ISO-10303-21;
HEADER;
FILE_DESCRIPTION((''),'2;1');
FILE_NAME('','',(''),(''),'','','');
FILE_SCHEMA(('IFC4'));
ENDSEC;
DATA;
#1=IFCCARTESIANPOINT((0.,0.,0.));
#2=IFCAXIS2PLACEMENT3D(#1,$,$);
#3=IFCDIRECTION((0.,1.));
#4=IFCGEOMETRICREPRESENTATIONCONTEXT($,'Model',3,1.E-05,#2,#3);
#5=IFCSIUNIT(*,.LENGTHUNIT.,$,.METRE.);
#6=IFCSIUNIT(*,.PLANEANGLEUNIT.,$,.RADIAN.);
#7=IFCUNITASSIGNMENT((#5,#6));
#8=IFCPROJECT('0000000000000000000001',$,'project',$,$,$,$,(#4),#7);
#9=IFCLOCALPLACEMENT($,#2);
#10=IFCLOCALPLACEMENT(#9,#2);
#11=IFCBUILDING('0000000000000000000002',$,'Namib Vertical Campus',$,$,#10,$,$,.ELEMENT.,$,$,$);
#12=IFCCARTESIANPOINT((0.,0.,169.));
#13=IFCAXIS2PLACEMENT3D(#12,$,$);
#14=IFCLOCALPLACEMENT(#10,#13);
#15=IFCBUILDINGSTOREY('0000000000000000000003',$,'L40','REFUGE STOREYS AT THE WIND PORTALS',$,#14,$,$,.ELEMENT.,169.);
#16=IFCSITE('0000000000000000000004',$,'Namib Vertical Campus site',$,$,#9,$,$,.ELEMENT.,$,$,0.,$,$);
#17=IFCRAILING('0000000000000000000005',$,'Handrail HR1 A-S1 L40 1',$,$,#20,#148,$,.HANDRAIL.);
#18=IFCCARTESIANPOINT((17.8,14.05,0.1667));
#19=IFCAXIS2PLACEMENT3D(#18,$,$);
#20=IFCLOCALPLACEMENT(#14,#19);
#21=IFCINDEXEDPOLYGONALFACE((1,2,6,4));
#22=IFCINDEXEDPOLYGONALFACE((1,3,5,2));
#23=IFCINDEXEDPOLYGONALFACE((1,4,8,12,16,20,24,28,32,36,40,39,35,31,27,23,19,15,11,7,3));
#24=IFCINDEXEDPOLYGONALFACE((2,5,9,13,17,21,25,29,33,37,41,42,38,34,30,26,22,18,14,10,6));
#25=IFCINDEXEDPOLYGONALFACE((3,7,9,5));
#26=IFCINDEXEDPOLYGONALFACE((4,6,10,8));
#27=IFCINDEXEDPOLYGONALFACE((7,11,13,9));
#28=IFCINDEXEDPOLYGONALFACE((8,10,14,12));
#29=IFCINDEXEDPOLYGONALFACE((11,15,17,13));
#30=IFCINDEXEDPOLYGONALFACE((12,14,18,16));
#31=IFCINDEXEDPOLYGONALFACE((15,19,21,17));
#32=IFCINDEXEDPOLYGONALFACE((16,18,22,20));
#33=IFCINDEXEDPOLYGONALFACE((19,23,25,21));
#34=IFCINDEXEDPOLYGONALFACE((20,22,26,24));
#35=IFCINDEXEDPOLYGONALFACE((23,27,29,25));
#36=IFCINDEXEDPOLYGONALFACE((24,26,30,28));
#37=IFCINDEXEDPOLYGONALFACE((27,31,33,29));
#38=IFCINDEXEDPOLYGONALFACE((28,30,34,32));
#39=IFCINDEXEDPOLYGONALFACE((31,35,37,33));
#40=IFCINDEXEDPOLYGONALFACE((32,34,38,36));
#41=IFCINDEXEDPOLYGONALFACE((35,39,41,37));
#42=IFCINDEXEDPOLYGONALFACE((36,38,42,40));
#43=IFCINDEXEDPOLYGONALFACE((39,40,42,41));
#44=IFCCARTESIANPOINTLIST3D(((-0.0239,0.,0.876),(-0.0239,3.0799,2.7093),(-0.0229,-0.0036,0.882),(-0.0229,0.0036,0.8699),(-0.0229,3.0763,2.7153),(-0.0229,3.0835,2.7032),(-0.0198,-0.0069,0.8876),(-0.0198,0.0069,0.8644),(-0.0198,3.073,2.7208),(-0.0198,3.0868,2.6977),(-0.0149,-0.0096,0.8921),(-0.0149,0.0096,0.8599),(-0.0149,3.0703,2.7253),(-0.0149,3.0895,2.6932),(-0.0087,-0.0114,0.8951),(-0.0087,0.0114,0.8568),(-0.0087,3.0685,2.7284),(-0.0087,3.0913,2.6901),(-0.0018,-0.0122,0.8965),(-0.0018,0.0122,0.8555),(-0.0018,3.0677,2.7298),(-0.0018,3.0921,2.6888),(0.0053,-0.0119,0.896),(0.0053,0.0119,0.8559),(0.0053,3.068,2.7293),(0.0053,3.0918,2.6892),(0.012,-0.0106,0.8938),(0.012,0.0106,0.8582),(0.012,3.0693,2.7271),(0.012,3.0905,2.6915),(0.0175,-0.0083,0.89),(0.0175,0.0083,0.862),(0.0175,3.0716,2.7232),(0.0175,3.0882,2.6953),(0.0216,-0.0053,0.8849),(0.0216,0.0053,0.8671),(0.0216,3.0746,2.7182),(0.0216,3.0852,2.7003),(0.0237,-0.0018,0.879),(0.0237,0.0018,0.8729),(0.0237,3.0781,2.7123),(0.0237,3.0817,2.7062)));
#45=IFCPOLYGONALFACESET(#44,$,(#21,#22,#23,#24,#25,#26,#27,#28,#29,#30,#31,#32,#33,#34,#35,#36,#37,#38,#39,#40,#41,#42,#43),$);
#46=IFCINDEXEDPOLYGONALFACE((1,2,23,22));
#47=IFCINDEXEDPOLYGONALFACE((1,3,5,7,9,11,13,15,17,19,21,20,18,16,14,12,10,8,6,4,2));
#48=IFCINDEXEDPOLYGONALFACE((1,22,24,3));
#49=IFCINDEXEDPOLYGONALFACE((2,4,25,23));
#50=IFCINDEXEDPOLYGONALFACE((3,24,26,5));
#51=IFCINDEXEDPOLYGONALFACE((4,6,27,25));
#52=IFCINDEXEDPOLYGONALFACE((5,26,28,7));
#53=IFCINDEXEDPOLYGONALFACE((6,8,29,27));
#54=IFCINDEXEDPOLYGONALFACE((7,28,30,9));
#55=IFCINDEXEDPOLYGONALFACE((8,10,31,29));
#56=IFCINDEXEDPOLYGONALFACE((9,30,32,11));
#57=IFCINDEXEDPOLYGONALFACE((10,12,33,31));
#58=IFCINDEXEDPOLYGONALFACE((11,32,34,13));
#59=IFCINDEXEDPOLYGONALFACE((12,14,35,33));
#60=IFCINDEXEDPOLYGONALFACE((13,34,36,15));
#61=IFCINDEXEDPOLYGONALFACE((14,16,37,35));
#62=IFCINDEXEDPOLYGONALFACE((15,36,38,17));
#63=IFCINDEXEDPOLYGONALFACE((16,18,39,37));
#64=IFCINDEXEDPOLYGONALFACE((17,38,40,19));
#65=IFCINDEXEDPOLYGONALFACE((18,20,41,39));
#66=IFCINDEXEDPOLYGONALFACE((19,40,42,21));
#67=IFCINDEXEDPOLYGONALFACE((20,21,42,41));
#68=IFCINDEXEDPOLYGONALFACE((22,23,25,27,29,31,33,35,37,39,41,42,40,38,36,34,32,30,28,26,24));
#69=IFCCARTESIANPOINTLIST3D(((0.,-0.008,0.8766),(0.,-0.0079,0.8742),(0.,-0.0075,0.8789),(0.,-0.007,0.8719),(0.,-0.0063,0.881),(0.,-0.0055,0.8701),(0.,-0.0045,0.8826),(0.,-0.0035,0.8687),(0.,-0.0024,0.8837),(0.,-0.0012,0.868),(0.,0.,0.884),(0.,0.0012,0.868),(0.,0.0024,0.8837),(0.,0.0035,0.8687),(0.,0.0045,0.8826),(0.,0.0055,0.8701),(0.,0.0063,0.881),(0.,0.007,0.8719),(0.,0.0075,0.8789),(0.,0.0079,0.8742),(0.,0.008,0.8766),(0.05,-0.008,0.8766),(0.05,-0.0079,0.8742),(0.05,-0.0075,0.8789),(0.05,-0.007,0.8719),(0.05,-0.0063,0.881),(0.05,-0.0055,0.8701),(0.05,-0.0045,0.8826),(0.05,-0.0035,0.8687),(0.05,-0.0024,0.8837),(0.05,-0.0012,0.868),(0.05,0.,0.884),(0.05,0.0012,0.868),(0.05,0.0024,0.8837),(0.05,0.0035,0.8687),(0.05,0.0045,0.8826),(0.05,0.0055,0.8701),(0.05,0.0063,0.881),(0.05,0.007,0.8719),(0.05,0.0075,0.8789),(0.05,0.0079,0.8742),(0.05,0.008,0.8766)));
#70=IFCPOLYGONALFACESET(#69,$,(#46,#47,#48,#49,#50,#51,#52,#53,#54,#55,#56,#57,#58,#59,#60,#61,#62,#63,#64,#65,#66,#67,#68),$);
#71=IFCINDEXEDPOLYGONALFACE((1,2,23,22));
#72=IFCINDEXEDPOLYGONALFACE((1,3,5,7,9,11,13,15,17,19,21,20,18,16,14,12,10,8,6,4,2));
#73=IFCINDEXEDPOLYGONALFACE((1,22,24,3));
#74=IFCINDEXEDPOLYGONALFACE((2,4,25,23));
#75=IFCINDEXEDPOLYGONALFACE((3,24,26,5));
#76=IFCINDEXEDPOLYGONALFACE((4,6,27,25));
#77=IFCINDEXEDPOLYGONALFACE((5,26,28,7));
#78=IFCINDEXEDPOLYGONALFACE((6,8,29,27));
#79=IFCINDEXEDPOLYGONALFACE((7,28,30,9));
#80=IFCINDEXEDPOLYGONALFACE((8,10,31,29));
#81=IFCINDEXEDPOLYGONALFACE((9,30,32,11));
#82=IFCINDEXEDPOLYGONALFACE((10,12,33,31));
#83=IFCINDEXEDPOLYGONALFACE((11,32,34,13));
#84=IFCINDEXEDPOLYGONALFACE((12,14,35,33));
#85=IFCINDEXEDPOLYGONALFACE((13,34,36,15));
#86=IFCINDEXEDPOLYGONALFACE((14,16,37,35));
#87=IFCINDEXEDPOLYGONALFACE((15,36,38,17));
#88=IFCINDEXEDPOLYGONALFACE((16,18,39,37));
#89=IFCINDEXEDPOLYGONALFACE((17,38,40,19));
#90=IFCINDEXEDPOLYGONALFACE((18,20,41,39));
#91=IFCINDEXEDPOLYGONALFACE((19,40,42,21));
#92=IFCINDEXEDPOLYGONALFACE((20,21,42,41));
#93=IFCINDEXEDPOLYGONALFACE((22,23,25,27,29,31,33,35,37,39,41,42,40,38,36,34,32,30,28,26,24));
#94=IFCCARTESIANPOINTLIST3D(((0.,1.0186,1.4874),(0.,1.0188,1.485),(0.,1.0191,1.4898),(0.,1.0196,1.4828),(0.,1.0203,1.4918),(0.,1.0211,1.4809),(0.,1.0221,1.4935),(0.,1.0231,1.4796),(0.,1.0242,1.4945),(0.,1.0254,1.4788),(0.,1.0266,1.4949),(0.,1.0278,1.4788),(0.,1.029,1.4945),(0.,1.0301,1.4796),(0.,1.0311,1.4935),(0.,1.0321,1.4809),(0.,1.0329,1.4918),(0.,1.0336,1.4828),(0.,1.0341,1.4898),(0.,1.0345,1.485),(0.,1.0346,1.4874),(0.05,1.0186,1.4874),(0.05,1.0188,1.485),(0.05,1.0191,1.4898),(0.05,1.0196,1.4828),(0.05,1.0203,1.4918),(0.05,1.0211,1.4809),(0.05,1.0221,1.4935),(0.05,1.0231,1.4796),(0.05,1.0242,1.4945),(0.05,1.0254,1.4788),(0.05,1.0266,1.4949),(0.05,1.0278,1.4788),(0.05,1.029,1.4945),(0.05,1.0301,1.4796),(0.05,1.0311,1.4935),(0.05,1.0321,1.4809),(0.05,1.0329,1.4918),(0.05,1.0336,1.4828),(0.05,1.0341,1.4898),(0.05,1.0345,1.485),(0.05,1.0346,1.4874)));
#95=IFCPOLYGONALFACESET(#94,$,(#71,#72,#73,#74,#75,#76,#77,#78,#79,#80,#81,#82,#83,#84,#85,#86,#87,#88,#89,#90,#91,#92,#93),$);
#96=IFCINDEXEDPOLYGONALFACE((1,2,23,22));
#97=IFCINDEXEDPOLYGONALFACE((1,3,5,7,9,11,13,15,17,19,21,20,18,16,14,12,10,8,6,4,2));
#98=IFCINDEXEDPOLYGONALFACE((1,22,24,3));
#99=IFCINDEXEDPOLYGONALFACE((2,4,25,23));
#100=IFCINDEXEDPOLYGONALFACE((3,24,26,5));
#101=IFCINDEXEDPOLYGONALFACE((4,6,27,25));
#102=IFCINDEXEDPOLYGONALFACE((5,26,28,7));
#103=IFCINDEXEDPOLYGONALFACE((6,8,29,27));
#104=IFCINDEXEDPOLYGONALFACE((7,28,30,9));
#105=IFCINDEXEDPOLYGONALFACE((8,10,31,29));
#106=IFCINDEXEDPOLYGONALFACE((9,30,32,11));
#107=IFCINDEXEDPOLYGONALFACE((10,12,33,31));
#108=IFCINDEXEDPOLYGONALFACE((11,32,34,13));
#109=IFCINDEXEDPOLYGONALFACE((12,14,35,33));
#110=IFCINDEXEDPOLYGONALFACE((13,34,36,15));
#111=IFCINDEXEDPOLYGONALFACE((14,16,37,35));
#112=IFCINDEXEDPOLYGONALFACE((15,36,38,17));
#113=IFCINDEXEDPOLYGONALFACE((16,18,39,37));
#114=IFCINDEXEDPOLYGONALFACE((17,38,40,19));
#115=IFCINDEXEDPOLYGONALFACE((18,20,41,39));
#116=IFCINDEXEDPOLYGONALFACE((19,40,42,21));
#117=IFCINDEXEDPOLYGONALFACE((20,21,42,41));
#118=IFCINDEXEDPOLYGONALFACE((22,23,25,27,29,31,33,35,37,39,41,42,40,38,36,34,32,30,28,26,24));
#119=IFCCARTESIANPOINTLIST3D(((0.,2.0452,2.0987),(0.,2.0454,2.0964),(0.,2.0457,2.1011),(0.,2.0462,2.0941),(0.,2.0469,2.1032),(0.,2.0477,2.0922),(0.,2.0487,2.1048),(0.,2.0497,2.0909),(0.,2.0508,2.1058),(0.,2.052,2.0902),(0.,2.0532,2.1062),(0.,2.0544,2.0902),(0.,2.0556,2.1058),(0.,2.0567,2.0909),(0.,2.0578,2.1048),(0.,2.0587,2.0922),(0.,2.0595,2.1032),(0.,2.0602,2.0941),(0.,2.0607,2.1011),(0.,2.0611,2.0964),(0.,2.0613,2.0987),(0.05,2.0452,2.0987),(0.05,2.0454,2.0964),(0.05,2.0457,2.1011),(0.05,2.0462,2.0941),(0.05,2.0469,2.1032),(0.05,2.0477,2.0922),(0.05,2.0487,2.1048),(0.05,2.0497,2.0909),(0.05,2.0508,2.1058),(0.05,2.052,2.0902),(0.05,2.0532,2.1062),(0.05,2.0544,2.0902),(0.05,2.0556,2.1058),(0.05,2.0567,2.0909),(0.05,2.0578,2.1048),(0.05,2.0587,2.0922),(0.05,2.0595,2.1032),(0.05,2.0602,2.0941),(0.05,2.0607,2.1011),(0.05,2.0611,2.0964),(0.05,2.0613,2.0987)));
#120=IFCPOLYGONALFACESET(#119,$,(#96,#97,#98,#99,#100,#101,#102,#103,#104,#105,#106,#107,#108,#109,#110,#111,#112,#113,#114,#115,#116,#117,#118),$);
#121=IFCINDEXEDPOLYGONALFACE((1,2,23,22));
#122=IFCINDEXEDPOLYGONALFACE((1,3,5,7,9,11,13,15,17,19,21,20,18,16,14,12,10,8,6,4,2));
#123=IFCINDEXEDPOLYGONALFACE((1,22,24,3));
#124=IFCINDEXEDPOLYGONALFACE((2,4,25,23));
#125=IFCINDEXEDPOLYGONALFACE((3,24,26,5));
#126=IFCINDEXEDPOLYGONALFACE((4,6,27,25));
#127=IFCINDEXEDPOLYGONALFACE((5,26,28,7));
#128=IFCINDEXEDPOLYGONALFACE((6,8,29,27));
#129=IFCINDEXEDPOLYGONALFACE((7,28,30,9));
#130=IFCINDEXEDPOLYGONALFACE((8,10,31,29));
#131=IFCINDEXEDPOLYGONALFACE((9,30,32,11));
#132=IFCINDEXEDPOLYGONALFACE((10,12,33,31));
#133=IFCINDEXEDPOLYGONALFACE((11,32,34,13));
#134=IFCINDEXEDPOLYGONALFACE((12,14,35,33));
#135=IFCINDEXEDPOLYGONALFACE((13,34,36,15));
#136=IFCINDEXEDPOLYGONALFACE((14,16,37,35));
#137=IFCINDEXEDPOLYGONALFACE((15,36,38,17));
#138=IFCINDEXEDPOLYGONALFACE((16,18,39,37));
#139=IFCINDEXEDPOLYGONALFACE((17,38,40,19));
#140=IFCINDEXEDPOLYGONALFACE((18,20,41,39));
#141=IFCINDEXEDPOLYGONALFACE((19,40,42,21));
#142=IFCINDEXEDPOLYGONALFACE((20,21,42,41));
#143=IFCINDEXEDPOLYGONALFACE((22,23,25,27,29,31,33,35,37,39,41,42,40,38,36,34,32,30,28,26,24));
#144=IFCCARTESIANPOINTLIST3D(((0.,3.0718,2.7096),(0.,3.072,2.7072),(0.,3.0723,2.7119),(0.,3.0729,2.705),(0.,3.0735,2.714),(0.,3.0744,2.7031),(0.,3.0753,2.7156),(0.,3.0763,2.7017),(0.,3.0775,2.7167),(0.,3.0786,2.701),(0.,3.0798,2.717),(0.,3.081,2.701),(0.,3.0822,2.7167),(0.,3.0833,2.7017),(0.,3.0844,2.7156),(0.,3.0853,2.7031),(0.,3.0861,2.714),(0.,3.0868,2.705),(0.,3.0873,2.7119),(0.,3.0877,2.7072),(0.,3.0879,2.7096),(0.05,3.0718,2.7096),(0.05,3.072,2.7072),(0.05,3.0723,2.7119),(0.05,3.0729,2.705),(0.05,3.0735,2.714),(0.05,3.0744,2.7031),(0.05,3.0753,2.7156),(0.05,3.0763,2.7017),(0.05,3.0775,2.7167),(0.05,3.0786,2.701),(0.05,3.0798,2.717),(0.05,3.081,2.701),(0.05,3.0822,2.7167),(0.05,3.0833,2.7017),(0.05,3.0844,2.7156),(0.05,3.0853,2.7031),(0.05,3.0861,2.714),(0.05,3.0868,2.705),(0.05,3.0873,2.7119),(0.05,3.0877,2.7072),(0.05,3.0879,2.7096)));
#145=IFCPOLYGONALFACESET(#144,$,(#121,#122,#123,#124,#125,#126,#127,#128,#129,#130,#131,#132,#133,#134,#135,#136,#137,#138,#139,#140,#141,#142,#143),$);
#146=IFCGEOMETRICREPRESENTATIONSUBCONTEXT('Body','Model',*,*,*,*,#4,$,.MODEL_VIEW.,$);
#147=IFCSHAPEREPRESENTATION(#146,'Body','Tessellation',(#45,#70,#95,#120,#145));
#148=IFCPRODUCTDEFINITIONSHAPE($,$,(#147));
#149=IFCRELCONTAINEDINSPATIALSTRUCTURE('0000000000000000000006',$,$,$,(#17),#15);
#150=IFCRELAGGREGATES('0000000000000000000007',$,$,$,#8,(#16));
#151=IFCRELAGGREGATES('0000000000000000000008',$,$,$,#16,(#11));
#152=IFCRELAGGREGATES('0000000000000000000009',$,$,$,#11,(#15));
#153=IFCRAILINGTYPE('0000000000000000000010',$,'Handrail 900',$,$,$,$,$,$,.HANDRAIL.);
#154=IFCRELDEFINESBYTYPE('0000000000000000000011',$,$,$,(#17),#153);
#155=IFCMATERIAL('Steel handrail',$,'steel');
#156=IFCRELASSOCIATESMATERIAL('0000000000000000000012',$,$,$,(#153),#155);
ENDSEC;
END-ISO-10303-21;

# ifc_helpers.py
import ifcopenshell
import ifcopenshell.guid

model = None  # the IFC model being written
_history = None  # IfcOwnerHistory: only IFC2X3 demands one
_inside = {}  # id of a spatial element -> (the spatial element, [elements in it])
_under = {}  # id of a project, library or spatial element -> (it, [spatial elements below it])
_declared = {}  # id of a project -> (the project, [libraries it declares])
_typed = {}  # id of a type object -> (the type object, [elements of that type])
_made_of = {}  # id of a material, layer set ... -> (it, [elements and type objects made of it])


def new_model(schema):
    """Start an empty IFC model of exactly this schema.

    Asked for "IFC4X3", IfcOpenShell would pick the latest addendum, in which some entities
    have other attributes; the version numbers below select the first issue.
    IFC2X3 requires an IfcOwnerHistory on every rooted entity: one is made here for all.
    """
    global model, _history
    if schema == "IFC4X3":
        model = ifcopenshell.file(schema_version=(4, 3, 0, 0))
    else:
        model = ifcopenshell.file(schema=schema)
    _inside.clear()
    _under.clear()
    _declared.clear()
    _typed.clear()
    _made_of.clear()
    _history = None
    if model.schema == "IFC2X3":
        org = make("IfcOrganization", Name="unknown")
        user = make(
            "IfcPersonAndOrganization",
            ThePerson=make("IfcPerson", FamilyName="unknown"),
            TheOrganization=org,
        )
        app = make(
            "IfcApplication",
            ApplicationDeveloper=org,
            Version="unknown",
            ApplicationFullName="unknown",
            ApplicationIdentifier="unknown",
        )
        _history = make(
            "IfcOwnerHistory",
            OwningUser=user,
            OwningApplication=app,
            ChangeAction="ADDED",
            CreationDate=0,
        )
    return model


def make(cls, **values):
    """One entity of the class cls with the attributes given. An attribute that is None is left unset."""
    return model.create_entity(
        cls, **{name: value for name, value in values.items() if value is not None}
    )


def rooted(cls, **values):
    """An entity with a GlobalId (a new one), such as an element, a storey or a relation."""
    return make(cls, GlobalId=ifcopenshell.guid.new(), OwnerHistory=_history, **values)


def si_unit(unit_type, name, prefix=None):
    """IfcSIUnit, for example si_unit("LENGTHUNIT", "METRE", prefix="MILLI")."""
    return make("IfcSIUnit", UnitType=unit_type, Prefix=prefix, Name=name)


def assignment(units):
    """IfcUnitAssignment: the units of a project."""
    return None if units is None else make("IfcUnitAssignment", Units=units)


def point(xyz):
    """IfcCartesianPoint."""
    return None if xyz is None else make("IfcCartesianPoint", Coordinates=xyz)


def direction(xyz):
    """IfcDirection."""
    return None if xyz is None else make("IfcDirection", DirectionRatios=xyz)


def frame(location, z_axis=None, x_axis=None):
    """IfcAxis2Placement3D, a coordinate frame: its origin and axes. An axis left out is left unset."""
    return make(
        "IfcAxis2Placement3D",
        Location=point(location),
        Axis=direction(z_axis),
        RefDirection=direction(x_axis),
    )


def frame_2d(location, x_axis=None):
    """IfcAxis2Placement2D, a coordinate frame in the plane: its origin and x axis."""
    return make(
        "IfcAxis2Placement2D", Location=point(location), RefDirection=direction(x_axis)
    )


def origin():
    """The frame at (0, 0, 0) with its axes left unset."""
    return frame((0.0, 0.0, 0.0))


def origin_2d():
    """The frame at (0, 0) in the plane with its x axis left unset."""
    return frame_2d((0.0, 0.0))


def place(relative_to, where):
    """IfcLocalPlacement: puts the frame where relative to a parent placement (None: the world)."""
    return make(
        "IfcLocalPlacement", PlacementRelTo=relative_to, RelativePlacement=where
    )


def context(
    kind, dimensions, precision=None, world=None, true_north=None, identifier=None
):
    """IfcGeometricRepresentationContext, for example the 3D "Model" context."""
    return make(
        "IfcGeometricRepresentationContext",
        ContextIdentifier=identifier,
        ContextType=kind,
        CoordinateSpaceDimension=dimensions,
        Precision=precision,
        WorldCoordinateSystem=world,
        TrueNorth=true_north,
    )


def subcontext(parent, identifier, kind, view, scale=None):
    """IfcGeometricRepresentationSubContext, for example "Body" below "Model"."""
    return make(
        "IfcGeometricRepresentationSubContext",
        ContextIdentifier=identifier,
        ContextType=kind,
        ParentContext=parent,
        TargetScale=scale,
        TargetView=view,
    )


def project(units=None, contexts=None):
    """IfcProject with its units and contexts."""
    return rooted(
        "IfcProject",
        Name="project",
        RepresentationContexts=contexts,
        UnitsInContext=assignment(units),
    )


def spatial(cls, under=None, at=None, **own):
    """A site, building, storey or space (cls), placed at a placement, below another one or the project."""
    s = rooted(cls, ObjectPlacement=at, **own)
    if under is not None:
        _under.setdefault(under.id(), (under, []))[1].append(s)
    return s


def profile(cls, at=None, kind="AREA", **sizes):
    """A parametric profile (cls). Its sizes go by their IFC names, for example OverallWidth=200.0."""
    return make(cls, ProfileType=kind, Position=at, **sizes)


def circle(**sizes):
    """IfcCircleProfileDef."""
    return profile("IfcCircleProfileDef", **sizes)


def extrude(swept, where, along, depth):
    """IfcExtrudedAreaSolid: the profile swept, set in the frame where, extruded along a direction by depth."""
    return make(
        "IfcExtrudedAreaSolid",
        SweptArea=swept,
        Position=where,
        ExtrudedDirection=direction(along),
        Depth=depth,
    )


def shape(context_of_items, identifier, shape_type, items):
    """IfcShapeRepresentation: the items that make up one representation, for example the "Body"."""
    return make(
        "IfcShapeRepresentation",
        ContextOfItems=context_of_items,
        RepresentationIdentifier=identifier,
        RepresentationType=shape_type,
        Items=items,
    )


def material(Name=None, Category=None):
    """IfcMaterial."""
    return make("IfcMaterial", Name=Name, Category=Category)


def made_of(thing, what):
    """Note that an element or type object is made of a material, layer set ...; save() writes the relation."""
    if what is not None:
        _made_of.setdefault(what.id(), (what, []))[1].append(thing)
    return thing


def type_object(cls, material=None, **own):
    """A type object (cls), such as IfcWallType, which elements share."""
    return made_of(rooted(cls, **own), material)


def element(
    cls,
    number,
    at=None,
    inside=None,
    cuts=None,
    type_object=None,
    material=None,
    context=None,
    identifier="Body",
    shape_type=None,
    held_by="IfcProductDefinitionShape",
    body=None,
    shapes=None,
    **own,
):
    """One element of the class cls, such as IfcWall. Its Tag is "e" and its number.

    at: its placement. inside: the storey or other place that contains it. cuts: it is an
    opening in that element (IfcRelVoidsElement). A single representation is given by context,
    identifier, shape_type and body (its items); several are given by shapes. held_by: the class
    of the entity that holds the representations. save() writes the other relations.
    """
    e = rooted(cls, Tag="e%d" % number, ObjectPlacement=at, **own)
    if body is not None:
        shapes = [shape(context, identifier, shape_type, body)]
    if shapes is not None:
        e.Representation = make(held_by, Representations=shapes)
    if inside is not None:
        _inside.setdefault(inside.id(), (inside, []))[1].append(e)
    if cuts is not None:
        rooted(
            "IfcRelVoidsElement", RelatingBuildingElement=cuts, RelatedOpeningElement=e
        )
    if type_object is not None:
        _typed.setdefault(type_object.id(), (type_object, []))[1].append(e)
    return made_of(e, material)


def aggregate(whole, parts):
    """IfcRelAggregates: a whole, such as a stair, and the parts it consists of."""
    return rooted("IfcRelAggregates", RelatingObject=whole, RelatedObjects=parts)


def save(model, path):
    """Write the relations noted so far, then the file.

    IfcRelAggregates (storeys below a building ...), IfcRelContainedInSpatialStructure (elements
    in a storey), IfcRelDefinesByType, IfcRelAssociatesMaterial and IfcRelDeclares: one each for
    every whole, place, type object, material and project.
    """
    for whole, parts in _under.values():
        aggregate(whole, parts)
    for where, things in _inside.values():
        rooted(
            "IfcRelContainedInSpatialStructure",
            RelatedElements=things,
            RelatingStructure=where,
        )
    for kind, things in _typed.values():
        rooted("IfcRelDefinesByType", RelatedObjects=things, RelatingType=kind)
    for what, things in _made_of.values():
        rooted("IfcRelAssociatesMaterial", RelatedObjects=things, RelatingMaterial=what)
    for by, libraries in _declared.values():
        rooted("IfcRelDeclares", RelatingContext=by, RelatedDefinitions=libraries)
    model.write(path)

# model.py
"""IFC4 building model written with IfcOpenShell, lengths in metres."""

from ifc_helpers import new_model, si_unit, direction, frame, origin, origin_2d, place, context, subcontext, project, spatial, circle, extrude, material, type_object, element, save


model = new_model("IFC4")

# Units and contexts
model_context = context("Model", 3, precision=1e-05, world=origin(), true_north=direction((0.0, 1.0)))
body_context = subcontext(model_context, "Body", "Model", "MODEL_VIEW")
ifc_project = project(units=[si_unit("LENGTHUNIT", "METRE"), si_unit("PLANEANGLEUNIT", "RADIAN")], contexts=[model_context])

# Site, building, storey
site_placement = place(None, origin())
site = spatial("IfcSite", under=ifc_project, at=site_placement, Name="Namib Vertical Campus site", CompositionType="ELEMENT", RefElevation=0.0)
building_placement = place(site_placement, origin())
building = spatial("IfcBuilding", under=site, at=building_placement, Name="Namib Vertical Campus", CompositionType="ELEMENT")
storey_placement = place(building_placement, frame((0.0, 0.0, 169.0)))
storey = spatial("IfcBuildingStorey", under=building, at=storey_placement, Name="L40", Description="REFUGE STOREYS AT THE WIND PORTALS", CompositionType="ELEMENT", Elevation=169.0)

# Railing
ifc_material_1 = material(Name="Steel handrail", Category="steel")
railing_type_1 = type_object("IfcRailingType", Name="Handrail 900", PredefinedType="HANDRAIL", material=ifc_material_1)
for number, where, name in (
    (1, (17.8, 14.05, 0.1667), "Handrail HR1 A-S1 L40 1"),
):
    element("IfcRailing", number, at=place(storey_placement, frame(where)), inside=storey, type_object=railing_type_1, Name=name, PredefinedType="HANDRAIL", context=body_context, shape_type="SweptSolid", body=[
        extrude(circle(Radius=0.0239, at=origin_2d()), frame((0.0, 0.0, 0.876), z_axis=(0.0, 0.859291, 0.511487), x_axis=(-1.0, 0.0, 0.0)), (0.0, 0.0, 1.0), 3.5842),
        extrude(circle(Radius=0.0081, at=origin_2d()), frame((0.0, 0.0, 0.876), z_axis=(1.0, 0.0, 0.0), x_axis=(0.0, 0.0, 1.0)), (0.0, 0.0, 1.0), 0.05),
        extrude(circle(Radius=0.0081, at=origin_2d()), frame((0.0, 1.0266, 1.4868), z_axis=(1.0, 0.0, 0.0), x_axis=(0.0, 0.0, 1.0)), (0.0, 0.0, 1.0), 0.05),
        extrude(circle(Radius=0.0081, at=origin_2d()), frame((0.0, 2.0532, 2.0981), z_axis=(1.0, 0.0, 0.0), x_axis=(0.0, 0.0, 1.0)), (0.0, 0.0, 1.0), 0.05),
        extrude(circle(Radius=0.0081, at=origin_2d()), frame((0.0, 3.0798, 2.709), z_axis=(1.0, 0.0, 0.0), x_axis=(0.0, 0.0, 1.0)), (0.0, 0.0, 1.0), 0.05),
    ])

save(model, "model.ifc")
